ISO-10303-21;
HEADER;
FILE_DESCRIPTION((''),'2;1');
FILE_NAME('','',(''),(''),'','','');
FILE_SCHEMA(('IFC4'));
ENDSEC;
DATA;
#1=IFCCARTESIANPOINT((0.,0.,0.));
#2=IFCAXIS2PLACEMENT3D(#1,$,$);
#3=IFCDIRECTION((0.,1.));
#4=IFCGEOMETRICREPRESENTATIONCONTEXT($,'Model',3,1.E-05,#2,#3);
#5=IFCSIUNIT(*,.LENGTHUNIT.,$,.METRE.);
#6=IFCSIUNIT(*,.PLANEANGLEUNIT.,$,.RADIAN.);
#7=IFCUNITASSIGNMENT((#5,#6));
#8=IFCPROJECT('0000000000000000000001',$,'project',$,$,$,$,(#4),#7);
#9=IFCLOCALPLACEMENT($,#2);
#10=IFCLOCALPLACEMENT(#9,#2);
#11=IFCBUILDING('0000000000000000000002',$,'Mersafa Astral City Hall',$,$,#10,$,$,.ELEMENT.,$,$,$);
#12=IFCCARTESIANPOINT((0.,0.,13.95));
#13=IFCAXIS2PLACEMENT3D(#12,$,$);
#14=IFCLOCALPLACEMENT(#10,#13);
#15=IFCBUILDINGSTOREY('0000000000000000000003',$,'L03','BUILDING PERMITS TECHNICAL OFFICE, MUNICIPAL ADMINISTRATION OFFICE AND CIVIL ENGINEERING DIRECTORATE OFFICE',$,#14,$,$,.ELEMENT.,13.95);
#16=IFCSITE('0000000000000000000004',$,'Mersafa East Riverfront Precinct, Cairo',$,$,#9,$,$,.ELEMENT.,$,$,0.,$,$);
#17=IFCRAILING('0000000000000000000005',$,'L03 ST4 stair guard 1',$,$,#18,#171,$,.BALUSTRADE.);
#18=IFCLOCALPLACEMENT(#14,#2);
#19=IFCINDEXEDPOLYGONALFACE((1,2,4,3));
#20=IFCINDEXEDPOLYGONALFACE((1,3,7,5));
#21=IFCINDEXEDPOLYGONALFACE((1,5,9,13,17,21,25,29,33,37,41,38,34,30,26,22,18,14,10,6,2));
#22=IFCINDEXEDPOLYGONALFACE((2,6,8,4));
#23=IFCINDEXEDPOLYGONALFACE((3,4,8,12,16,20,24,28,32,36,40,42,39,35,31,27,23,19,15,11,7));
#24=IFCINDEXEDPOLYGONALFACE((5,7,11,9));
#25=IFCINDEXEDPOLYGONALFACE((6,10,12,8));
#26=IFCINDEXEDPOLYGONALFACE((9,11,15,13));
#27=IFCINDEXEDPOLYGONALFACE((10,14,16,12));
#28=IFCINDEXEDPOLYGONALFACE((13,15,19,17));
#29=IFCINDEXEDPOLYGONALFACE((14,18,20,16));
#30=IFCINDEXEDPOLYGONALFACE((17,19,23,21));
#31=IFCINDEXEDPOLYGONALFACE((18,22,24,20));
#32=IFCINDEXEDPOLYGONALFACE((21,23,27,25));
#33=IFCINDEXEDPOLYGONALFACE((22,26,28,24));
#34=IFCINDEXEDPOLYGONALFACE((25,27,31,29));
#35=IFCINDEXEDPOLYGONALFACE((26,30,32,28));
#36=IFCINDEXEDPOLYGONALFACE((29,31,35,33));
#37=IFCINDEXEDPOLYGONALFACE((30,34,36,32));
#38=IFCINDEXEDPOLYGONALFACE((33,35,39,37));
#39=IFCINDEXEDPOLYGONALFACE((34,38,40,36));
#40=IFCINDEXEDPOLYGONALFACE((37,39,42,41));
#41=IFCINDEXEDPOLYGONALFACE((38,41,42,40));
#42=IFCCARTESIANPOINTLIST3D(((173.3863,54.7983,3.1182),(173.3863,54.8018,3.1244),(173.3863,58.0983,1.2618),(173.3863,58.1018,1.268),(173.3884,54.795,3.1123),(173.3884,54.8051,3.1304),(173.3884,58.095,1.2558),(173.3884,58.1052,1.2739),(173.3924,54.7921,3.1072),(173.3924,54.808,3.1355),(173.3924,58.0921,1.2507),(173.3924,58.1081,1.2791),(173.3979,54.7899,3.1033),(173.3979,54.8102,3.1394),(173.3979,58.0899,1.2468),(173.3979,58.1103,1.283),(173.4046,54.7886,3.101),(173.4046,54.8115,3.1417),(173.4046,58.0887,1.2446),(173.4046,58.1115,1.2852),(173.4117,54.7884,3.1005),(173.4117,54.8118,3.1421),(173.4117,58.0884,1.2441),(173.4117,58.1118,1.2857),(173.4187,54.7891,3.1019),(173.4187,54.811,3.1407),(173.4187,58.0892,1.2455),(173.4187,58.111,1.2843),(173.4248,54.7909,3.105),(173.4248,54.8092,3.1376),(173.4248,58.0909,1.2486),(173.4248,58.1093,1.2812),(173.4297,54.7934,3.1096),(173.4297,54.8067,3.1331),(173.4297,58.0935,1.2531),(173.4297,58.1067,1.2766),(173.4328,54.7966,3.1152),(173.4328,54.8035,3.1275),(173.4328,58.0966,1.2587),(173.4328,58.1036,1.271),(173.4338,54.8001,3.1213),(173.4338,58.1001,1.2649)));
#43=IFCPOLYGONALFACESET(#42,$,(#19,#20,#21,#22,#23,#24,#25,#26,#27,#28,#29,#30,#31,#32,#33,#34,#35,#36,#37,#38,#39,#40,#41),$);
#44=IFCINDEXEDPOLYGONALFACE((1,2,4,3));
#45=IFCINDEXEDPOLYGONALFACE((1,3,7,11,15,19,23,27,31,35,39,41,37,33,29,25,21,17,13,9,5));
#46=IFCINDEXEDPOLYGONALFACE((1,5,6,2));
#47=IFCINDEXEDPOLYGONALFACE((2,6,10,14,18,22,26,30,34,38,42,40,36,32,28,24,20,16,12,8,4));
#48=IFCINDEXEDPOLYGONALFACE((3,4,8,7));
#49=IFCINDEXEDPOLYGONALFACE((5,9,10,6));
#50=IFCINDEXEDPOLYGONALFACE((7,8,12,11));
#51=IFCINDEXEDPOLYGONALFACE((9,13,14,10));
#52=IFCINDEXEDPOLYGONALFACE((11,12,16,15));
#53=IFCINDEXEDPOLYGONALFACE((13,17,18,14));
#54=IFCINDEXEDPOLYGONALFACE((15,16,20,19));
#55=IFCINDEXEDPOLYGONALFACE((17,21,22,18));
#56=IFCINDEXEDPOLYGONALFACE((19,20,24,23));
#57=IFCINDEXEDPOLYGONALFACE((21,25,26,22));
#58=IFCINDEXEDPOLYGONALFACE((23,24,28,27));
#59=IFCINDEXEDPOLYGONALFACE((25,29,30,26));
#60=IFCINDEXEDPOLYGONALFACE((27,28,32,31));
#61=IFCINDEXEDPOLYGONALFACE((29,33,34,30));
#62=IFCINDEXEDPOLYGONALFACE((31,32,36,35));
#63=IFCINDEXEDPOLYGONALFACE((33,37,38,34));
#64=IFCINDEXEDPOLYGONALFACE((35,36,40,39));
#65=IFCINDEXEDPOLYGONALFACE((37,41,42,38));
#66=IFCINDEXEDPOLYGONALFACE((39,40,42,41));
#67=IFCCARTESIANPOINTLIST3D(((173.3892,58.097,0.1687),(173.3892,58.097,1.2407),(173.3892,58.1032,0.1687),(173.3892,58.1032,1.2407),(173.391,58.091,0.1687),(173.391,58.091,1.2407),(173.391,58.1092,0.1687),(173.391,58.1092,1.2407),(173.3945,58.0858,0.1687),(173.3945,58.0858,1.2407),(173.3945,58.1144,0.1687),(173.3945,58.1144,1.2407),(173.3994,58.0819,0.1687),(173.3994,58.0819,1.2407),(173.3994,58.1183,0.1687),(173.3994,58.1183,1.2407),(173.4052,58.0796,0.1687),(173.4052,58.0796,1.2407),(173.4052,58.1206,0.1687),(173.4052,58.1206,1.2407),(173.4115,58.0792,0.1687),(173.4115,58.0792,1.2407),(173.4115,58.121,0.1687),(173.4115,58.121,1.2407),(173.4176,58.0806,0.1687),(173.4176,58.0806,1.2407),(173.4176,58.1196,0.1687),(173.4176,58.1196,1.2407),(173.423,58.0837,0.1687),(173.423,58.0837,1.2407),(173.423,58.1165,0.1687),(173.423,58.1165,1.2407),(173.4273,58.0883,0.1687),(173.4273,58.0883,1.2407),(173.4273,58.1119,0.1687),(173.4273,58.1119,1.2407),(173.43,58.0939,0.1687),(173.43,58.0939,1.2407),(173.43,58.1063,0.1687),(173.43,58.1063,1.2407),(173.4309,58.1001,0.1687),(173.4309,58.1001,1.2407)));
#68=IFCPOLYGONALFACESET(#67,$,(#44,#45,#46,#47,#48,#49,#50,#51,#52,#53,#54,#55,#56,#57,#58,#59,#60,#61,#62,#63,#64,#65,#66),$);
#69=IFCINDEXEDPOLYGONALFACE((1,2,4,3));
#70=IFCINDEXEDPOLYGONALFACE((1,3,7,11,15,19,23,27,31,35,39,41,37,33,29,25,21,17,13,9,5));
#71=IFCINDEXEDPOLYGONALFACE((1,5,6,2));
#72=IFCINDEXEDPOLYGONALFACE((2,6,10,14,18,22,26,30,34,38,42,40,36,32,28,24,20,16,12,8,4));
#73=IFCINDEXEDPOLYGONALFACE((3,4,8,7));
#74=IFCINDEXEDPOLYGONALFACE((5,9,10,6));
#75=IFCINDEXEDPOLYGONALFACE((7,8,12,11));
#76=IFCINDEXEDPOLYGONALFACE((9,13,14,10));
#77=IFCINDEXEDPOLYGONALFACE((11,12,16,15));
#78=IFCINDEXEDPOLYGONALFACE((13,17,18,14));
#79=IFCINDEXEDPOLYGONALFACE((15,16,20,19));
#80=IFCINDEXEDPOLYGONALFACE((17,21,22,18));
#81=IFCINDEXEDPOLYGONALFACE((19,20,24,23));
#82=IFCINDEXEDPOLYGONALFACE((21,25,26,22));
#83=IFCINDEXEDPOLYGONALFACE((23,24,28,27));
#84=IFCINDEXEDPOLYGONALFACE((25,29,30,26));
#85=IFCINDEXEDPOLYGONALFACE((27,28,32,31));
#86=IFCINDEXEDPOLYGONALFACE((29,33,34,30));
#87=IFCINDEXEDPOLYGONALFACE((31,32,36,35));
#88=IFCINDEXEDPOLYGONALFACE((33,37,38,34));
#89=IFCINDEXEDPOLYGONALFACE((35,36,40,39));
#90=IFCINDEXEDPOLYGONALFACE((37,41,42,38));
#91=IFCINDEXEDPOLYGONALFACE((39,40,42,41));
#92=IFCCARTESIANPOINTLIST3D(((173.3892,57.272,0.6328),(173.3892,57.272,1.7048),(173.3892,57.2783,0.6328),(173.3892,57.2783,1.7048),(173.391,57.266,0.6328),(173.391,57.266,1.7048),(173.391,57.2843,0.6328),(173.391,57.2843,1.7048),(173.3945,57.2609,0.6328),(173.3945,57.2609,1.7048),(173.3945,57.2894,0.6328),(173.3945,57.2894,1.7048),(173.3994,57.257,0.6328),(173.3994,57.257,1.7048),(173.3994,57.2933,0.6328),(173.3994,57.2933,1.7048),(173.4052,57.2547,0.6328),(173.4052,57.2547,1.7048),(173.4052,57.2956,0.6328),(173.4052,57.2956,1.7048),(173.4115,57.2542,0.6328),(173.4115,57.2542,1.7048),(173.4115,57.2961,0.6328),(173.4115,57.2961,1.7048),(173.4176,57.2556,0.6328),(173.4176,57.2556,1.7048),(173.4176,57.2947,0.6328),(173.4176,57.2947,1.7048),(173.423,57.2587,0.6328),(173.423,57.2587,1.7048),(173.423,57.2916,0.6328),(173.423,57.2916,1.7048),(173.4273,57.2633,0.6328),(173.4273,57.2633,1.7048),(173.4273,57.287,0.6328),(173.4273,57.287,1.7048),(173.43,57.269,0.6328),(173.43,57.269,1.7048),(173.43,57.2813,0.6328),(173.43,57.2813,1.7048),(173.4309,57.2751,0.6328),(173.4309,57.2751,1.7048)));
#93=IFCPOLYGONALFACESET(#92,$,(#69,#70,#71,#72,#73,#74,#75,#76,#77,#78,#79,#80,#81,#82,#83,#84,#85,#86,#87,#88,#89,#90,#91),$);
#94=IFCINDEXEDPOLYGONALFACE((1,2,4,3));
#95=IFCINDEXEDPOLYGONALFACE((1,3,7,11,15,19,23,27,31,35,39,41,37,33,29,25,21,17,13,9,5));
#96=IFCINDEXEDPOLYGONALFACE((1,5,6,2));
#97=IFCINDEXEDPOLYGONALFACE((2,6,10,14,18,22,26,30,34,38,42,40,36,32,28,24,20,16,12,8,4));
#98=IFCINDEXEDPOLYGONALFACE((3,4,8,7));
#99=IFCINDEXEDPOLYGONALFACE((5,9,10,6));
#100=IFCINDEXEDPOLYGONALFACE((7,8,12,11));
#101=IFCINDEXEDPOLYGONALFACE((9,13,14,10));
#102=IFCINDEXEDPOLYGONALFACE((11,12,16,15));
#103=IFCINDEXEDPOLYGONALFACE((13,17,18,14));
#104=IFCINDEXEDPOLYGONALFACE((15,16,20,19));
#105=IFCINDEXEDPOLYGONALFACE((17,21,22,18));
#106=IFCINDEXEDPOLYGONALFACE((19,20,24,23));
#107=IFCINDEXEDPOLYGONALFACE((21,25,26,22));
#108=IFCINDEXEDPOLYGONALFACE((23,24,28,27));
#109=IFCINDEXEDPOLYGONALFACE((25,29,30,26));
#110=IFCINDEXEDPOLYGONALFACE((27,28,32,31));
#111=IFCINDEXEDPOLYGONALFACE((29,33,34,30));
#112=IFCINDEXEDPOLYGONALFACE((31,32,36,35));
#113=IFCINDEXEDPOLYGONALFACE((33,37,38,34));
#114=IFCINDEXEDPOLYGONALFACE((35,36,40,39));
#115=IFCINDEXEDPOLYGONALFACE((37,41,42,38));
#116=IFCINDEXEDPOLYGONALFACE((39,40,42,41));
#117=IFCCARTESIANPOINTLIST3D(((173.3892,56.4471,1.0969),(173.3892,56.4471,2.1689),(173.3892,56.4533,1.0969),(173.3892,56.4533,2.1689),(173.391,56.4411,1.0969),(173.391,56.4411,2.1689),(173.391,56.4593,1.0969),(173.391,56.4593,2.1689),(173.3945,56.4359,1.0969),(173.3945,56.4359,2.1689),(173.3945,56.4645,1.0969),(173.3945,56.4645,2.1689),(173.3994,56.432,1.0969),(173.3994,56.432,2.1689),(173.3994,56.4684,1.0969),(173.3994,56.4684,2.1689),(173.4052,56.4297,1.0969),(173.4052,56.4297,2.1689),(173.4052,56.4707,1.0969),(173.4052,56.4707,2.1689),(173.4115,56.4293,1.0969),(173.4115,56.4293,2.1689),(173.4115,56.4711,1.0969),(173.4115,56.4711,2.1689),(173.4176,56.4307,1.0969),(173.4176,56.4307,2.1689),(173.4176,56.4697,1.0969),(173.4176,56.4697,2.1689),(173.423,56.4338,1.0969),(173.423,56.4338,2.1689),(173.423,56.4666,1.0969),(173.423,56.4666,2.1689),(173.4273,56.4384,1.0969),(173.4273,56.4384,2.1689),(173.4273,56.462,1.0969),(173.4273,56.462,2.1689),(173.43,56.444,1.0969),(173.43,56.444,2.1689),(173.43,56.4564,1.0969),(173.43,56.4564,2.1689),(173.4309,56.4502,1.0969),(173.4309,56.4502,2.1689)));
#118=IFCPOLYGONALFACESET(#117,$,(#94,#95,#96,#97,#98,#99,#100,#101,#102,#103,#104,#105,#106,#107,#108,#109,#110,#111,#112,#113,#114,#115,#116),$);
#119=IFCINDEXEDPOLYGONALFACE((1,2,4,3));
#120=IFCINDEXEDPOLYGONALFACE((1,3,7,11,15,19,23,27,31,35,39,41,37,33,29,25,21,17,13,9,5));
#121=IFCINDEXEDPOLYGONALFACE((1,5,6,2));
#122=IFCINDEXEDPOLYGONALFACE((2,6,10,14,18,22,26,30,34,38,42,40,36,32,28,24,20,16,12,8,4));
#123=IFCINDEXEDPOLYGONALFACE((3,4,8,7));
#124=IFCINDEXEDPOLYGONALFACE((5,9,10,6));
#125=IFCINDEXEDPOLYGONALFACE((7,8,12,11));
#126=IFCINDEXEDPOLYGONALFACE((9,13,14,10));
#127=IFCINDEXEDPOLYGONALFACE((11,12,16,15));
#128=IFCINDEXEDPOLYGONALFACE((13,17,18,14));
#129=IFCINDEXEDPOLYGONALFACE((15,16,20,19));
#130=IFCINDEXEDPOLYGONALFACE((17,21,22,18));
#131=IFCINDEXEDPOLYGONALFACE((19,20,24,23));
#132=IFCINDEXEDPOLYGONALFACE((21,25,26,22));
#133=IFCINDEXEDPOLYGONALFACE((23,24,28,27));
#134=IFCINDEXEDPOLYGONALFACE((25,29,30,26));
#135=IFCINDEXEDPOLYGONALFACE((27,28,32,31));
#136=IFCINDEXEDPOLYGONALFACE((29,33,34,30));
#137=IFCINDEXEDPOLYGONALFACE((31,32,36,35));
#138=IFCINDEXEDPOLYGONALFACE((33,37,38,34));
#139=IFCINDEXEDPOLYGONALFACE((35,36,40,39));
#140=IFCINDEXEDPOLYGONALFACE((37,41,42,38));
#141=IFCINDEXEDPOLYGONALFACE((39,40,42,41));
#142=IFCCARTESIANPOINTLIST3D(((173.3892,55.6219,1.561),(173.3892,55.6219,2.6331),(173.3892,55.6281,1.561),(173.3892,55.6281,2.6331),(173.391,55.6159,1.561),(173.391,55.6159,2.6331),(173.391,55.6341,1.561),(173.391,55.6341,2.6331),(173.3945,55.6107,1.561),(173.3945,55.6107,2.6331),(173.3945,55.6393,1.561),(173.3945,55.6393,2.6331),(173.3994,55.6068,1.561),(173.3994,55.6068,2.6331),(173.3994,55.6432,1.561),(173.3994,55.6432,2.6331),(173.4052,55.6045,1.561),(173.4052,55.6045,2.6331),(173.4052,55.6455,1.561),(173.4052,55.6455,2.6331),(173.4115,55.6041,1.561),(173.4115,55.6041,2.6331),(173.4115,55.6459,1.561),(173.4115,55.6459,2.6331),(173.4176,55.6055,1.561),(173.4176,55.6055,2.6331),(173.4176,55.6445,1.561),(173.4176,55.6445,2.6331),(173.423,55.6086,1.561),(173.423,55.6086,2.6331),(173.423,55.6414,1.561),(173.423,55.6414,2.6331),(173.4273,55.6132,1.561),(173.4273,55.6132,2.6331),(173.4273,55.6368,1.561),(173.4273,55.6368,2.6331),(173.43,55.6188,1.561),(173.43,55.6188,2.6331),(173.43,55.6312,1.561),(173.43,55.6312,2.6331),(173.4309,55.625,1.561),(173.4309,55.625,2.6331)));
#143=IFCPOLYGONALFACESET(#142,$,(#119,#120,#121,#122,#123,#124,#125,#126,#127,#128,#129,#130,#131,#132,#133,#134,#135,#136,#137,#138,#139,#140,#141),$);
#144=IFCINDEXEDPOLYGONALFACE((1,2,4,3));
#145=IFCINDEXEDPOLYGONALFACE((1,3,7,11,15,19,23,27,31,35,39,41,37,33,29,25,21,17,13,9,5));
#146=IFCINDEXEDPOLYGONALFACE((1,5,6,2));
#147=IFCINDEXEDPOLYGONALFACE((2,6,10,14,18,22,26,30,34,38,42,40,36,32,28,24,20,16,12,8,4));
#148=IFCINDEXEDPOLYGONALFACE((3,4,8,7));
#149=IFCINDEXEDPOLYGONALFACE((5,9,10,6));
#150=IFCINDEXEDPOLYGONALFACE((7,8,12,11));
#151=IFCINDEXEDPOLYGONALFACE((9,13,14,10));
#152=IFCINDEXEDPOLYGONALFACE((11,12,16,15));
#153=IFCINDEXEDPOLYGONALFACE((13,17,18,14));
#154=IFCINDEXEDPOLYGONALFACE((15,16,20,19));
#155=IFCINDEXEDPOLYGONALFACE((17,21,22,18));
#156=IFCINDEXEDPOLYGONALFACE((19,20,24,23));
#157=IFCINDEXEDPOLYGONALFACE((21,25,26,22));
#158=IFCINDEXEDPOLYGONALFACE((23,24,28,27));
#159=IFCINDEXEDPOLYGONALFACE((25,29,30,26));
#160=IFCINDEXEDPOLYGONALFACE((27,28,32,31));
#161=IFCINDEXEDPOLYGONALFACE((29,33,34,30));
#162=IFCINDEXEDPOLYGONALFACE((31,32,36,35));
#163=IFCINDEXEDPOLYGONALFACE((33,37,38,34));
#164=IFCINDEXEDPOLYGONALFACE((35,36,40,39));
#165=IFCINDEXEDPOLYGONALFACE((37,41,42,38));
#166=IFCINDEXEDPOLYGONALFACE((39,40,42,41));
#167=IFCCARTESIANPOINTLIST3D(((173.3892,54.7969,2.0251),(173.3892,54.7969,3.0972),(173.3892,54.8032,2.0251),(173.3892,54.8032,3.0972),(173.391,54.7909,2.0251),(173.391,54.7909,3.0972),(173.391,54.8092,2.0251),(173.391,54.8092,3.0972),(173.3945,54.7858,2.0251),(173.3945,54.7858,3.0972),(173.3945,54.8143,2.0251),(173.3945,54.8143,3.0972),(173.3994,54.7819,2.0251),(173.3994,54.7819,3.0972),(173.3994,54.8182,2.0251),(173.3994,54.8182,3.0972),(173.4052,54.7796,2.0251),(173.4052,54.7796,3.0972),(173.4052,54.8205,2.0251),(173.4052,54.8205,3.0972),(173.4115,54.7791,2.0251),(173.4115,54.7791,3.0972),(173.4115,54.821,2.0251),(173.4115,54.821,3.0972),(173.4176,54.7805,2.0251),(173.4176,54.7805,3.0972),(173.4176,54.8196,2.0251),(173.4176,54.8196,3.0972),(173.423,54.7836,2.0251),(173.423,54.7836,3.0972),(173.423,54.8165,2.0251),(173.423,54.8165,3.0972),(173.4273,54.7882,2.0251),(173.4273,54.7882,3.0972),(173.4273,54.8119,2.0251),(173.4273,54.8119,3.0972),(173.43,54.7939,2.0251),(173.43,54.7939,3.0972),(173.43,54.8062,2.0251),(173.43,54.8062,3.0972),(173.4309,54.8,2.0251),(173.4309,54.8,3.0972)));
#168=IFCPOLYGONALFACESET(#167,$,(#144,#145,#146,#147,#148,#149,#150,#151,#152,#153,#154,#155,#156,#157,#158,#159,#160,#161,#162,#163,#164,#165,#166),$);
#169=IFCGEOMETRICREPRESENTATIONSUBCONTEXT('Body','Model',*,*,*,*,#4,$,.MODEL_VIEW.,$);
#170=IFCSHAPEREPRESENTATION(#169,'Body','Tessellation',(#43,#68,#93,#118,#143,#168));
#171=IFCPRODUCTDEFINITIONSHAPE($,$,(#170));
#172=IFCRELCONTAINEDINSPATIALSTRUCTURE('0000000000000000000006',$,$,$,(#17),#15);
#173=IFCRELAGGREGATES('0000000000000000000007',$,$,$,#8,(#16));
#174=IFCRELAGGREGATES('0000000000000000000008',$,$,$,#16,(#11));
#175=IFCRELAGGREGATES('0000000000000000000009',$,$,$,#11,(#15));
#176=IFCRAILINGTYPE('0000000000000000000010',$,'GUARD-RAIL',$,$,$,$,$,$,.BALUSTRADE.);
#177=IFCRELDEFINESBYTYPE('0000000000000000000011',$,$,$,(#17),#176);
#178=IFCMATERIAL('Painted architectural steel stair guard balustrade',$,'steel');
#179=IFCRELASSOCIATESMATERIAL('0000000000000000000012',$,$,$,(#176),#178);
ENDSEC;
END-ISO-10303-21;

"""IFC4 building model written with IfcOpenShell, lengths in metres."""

from ifc_helpers import new_model, si_unit, direction, frame, origin, origin_2d, place, context, subcontext, project, spatial, circle, extrude, material, type_object, element, save


model = new_model("IFC4")

# Units and contexts
model_context = context("Model", 3, precision=1e-05, world=origin(), true_north=direction((0.0, 1.0)))
body_context = subcontext(model_context, "Body", "Model", "MODEL_VIEW")
ifc_project = project(units=[si_unit("LENGTHUNIT", "METRE"), si_unit("PLANEANGLEUNIT", "RADIAN")], contexts=[model_context])

# Site, building, storey
site_placement = place(None, origin())
site = spatial("IfcSite", under=ifc_project, at=site_placement, Name="Mersafa East Riverfront Precinct, Cairo", CompositionType="ELEMENT", RefElevation=0.0)
building_placement = place(site_placement, origin())
building = spatial("IfcBuilding", under=site, at=building_placement, Name="Mersafa Astral City Hall", CompositionType="ELEMENT")
storey_placement = place(building_placement, frame((0.0, 0.0, 13.95)))
storey = spatial("IfcBuildingStorey", under=building, at=storey_placement, Name="L03", Description="BUILDING PERMITS TECHNICAL OFFICE, MUNICIPAL ADMINISTRATION OFFICE AND CIVIL ENGINEERING DIRECTORATE OFFICE", CompositionType="ELEMENT", Elevation=13.95)

# Railing
ifc_material_1 = material(Name="Painted architectural steel stair guard balustrade", Category="steel")
railing_type_1 = type_object("IfcRailingType", Name="GUARD-RAIL", PredefinedType="BALUSTRADE", material=ifc_material_1)
railing_1_placement = place(storey_placement, frame((173.4099, 58.1001, 0.1687)))
element("IfcRailing", 1, at=railing_1_placement, inside=storey, type_object=railing_type_1, Name="L03 ST4 stair guard 1", PredefinedType="BALUSTRADE", context=body_context, shape_type="SweptSolid", body=[
    extrude(circle(Radius=0.0239, at=origin_2d()), frame((0.0, 0.0, 1.0962), z_axis=(0.0, -0.871557, 0.490295), x_axis=(1.0, 0.0, 0.0)), (0.0, 0.0, 1.0), 3.7864),
    extrude(circle(Radius=0.021, at=origin_2d()), origin(), (0.0, 0.0, 1.0), 1.072),
    extrude(circle(Radius=0.021, at=origin_2d()), frame((0.0, -0.825, 0.4641)), (0.0, 0.0, 1.0), 1.072),
    extrude(circle(Radius=0.021, at=origin_2d()), frame((0.0, -1.6499, 0.9282)), (0.0, 0.0, 1.0), 1.072),
    extrude(circle(Radius=0.021, at=origin_2d()), frame((0.0, -2.4751, 1.3923)), (0.0, 0.0, 1.0), 1.072),
    extrude(circle(Radius=0.021, at=origin_2d()), frame((0.0, -3.3, 1.8564)), (0.0, 0.0, 1.0), 1.072),
])

save(model, "model.ifc")
